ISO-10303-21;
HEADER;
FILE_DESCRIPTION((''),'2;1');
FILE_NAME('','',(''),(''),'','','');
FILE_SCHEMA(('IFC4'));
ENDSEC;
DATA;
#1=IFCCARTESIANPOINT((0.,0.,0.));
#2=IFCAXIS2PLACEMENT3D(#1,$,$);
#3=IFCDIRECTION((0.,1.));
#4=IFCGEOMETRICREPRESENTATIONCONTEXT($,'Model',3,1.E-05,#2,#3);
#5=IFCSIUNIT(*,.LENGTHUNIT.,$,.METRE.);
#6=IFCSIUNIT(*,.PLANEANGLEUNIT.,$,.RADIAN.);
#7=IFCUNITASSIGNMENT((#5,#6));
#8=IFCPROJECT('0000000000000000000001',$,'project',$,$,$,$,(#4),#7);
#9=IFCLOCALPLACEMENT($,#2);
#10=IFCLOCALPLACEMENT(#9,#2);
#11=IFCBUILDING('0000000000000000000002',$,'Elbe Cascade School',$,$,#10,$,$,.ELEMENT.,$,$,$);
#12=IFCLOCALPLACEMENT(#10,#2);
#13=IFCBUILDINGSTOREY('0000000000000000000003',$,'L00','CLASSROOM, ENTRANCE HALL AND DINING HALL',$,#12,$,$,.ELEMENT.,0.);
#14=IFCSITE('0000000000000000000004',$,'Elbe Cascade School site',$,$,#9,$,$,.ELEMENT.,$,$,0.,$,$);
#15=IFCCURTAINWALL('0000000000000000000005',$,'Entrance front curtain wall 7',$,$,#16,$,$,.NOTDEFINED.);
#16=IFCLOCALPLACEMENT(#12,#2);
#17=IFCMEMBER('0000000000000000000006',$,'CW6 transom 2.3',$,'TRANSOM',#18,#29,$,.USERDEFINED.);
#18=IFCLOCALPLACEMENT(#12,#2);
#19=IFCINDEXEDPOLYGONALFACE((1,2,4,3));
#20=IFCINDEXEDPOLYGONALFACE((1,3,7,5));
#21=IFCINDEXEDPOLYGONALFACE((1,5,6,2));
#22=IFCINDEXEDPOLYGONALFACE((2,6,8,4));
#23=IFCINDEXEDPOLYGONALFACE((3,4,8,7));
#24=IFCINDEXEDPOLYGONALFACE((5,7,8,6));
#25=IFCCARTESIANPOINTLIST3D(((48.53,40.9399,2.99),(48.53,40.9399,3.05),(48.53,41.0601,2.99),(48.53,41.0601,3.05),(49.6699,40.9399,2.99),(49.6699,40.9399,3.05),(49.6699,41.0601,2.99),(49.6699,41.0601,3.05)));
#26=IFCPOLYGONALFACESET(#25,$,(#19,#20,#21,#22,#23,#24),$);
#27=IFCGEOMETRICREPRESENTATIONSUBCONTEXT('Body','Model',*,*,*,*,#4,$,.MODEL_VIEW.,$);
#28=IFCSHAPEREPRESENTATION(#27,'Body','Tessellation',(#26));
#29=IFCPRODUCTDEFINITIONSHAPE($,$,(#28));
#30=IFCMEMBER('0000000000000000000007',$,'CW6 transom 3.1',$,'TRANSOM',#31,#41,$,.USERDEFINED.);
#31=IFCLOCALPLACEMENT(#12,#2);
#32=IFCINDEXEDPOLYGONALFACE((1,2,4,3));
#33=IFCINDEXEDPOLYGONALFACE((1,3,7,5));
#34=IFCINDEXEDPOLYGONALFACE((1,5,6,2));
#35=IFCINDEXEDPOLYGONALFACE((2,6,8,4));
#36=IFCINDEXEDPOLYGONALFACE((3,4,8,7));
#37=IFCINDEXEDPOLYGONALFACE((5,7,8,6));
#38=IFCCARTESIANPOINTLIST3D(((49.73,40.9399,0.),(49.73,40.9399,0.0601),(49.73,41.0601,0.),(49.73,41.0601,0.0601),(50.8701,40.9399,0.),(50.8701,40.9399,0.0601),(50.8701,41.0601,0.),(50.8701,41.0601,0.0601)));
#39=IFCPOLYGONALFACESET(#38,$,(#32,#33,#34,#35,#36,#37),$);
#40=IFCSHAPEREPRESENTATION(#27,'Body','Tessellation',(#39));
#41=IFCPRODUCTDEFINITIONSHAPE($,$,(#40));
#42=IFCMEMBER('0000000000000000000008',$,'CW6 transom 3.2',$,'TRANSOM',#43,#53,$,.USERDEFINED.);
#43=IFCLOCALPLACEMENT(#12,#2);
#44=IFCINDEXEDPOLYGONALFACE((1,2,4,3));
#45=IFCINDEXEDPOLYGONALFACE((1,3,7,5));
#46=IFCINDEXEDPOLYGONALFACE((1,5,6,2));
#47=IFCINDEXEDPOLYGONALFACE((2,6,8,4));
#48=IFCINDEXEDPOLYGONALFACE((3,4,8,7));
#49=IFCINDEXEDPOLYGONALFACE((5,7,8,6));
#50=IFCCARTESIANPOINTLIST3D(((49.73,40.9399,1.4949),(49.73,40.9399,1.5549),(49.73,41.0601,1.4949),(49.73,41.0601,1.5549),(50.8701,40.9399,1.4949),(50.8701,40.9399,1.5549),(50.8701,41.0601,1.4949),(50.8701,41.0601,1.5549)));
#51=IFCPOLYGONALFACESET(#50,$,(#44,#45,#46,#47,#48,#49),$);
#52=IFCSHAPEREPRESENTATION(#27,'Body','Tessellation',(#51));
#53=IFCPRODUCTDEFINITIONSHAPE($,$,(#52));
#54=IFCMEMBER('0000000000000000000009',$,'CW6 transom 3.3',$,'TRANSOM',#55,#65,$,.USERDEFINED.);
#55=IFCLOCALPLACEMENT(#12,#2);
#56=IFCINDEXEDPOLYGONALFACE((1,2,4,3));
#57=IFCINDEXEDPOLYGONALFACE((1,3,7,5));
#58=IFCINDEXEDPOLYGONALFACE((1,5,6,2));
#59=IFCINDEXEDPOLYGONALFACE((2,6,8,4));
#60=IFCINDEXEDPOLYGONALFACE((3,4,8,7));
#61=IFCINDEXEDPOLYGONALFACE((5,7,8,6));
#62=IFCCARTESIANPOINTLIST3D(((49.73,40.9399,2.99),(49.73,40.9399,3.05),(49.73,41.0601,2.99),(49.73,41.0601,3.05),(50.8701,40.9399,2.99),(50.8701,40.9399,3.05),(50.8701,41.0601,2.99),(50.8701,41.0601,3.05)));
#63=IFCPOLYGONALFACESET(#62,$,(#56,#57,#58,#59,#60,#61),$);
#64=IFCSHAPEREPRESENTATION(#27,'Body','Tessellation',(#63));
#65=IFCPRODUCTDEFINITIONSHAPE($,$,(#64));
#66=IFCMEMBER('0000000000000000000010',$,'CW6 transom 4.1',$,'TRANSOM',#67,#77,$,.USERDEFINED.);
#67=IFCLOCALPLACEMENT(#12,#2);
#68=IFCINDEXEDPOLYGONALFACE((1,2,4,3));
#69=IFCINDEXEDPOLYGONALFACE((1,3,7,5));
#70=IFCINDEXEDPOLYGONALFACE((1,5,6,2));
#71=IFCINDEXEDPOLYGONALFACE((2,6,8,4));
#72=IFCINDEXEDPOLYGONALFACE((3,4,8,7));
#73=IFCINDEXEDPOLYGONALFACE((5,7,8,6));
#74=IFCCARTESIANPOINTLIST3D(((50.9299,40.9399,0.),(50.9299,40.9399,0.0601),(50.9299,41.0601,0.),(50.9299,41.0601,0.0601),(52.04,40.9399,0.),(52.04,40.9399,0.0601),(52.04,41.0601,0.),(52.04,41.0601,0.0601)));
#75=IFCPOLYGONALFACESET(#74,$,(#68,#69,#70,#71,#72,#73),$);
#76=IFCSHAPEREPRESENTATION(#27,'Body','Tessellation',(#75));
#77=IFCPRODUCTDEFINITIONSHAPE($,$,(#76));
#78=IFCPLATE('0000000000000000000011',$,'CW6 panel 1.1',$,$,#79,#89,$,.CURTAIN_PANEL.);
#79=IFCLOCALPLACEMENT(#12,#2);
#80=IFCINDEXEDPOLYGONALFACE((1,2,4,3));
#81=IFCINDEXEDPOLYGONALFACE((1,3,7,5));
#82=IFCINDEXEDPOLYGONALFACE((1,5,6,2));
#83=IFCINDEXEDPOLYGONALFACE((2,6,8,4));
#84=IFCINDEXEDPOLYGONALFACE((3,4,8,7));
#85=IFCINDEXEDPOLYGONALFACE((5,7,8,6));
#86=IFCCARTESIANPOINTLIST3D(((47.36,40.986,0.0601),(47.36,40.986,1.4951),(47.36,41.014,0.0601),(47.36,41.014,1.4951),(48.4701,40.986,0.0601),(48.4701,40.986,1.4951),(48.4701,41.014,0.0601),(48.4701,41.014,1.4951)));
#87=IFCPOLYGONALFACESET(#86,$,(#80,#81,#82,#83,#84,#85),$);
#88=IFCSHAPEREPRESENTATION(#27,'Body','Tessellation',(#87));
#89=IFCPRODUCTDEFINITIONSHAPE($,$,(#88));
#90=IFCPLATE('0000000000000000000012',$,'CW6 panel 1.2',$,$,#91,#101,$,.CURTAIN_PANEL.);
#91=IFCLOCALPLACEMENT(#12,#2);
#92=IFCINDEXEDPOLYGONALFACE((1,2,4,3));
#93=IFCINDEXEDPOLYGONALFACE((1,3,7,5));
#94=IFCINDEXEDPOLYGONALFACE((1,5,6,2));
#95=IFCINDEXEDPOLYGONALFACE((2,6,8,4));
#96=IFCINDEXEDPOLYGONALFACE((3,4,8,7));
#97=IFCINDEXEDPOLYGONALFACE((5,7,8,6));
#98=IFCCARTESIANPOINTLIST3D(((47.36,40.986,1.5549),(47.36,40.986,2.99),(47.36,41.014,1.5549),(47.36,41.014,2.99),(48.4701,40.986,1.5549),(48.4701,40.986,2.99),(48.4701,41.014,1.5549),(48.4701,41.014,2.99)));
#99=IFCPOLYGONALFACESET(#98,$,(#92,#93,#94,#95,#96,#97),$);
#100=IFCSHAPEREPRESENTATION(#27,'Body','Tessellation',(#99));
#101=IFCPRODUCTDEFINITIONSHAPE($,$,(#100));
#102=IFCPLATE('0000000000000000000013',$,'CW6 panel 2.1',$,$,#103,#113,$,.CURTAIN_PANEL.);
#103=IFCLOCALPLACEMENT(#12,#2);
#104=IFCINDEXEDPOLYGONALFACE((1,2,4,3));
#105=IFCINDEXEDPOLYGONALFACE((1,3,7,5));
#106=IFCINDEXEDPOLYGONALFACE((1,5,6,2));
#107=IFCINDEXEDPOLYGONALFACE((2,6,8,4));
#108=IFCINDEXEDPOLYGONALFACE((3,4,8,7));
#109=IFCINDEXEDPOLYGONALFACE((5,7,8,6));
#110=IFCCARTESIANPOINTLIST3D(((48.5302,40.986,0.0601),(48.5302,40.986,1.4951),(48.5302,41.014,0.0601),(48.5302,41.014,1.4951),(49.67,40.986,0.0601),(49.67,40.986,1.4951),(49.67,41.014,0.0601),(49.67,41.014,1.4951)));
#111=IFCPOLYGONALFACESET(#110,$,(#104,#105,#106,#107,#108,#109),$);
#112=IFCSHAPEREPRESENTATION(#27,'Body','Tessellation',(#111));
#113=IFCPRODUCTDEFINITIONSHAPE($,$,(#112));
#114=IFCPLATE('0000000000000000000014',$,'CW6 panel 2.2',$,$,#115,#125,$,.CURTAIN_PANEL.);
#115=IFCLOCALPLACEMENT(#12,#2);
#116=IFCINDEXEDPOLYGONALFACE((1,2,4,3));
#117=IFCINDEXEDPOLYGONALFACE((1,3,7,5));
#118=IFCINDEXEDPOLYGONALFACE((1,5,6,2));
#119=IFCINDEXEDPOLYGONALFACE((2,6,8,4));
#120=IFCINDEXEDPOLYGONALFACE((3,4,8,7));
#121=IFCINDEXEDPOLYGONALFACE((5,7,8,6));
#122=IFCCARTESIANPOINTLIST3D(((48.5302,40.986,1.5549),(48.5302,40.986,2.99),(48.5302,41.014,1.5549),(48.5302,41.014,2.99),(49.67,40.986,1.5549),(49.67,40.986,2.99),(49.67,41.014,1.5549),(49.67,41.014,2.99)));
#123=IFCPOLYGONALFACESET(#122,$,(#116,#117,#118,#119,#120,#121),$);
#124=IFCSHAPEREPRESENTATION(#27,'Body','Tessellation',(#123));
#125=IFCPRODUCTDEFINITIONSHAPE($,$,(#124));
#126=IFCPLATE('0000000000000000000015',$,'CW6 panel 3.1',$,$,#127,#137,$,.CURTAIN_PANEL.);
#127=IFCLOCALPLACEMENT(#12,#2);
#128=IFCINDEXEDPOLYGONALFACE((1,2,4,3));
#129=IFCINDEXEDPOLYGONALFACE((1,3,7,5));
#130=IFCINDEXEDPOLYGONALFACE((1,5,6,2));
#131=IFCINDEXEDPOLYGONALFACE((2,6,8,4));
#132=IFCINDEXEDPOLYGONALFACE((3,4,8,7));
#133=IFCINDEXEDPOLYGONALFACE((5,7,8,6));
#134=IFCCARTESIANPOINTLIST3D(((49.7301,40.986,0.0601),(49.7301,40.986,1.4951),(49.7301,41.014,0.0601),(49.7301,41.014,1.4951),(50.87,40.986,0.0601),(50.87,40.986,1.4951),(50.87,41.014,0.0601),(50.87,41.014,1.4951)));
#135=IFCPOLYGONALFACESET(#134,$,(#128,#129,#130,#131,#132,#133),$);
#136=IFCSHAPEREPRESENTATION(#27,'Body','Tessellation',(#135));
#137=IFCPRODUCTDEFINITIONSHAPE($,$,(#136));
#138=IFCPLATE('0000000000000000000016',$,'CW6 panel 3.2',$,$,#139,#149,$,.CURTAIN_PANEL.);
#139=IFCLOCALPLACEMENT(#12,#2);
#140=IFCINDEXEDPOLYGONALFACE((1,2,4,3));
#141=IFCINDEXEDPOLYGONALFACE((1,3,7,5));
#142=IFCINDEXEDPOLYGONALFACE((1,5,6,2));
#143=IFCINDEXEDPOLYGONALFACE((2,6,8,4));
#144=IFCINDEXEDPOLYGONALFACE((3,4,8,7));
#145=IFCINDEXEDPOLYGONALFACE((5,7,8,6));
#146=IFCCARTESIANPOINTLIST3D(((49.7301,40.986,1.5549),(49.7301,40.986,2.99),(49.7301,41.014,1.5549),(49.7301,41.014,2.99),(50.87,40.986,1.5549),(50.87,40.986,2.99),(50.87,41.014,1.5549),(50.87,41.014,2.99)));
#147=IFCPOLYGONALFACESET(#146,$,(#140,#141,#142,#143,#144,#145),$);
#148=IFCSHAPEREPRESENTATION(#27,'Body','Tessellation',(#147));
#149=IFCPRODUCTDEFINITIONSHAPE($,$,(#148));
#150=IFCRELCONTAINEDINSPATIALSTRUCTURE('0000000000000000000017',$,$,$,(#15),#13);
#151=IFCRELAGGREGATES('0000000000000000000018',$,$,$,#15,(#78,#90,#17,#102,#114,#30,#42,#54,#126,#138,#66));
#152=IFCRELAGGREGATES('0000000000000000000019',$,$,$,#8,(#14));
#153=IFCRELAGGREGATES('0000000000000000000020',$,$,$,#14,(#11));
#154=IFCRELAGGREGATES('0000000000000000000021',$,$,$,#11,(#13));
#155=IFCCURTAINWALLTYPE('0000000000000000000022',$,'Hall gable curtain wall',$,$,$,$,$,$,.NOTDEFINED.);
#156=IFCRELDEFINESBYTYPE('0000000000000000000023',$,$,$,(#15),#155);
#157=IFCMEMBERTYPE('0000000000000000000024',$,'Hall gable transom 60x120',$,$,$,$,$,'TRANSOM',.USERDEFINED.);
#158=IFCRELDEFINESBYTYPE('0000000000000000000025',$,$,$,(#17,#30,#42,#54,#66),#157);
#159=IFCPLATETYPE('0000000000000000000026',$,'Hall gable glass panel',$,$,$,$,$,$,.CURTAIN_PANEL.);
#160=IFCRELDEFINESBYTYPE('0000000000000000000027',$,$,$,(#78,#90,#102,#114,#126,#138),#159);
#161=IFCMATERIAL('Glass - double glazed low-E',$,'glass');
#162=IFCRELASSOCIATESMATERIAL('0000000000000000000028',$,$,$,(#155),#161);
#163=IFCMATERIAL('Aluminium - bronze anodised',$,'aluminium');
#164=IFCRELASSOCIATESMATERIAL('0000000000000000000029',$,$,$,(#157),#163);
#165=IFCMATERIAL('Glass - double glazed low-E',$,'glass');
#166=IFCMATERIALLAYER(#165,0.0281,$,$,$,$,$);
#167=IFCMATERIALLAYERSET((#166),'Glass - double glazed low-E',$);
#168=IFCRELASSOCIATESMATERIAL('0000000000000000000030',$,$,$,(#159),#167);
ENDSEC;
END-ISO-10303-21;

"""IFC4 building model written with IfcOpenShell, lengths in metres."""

from ifc_helpers import new_model, si_unit, direction, frame, origin, origin_2d, place, context, subcontext, project, spatial, rectangle, extrude, material, layer, layer_set, material_profile, profile_set, type_object, element, aggregate, save


model = new_model("IFC4")

# Units and contexts
model_context = context("Model", 3, precision=1e-05, world=origin(), true_north=direction((0.0, 1.0)))
body_context = subcontext(model_context, "Body", "Model", "MODEL_VIEW")
ifc_project = project(units=[si_unit("LENGTHUNIT", "METRE"), si_unit("PLANEANGLEUNIT", "RADIAN")], contexts=[model_context])

# Site, building, storey
site_placement = place(None, origin())
site = spatial("IfcSite", under=ifc_project, at=site_placement, Name="Elbe Cascade School site", CompositionType="ELEMENT", RefElevation=0.0)
building_placement = place(site_placement, origin())
building = spatial("IfcBuilding", under=site, at=building_placement, Name="Elbe Cascade School", CompositionType="ELEMENT")
storey_placement = place(building_placement, origin())
storey = spatial("IfcBuildingStorey", under=building, at=storey_placement, Name="L00", Description="CLASSROOM, ENTRANCE HALL AND DINING HALL", CompositionType="ELEMENT", Elevation=0.0)

# Curtain wall, members, plates
ifc_material_1 = material(Name="Glass - double glazed low-E", Category="glass")
curtain_wall_type = type_object("IfcCurtainWallType", Name="Hall gable curtain wall", PredefinedType="NOTDEFINED", material=ifc_material_1)
curtain_wall_placement = place(storey_placement, origin())
curtain_wall = element("IfcCurtainWall", 1, at=curtain_wall_placement, inside=storey, type_object=curtain_wall_type, Name="Entrance front curtain wall 7", PredefinedType="NOTDEFINED")
ifc_material_2 = material(Name="Aluminium - bronze anodised", Category="aluminium")
ifc_material_profile_1 = material_profile(ifc_material_2, rectangle(XDim=0.1201, YDim=0.0601, at=origin_2d()), Name="Alu 60x120")
ifc_profile_set_1 = profile_set([ifc_material_profile_1], Name="Aluminium - bronze anodised")
member_type_1 = type_object("IfcMemberType", Name="Hall gable transom 60x120", ElementType="TRANSOM", PredefinedType="USERDEFINED", material=ifc_profile_set_1)
member_1_placement = place(storey_placement, frame((48.53, 41.0, 3.02), z_axis=(1.0, 0.0, 0.0), x_axis=(0.0, 1.0, 0.0)))
member_1 = element("IfcMember", 2, at=member_1_placement, type_object=member_type_1, Name="CW6 transom 2.3", ObjectType="TRANSOM", PredefinedType="USERDEFINED", context=body_context, shape_type="SweptSolid", body=[
    extrude(rectangle(XDim=0.1201, YDim=0.0601, at=origin_2d()), origin(), (0.0, 0.0, 1.0), 1.1399),
])
member_2_placement = place(storey_placement, frame((49.73, 41.0, 0.03), z_axis=(1.0, 0.0, 0.0), x_axis=(0.0, 1.0, 0.0)))
member_2 = element("IfcMember", 3, at=member_2_placement, type_object=member_type_1, Name="CW6 transom 3.1", ObjectType="TRANSOM", PredefinedType="USERDEFINED", context=body_context, shape_type="SweptSolid", body=[
    extrude(rectangle(XDim=0.1201, YDim=0.0601, at=origin_2d()), origin(), (0.0, 0.0, 1.0), 1.1401),
])
member_3_placement = place(storey_placement, frame((49.73, 41.0, 1.5249), z_axis=(1.0, 0.0, 0.0), x_axis=(0.0, 1.0, 0.0)))
member_3 = element("IfcMember", 4, at=member_3_placement, type_object=member_type_1, Name="CW6 transom 3.2", ObjectType="TRANSOM", PredefinedType="USERDEFINED", context=body_context, shape_type="SweptSolid", body=[
    extrude(rectangle(XDim=0.1201, YDim=0.0601, at=origin_2d()), origin(), (0.0, 0.0, 1.0), 1.1401),
])
member_4_placement = place(storey_placement, frame((49.73, 41.0, 3.02), z_axis=(1.0, 0.0, 0.0), x_axis=(0.0, 1.0, 0.0)))
member_4 = element("IfcMember", 5, at=member_4_placement, type_object=member_type_1, Name="CW6 transom 3.3", ObjectType="TRANSOM", PredefinedType="USERDEFINED", context=body_context, shape_type="SweptSolid", body=[
    extrude(rectangle(XDim=0.1201, YDim=0.0601, at=origin_2d()), origin(), (0.0, 0.0, 1.0), 1.1401),
])
member_5_placement = place(storey_placement, frame((50.9299, 41.0, 0.03), z_axis=(1.0, 0.0, 0.0), x_axis=(0.0, 1.0, 0.0)))
member_5 = element("IfcMember", 6, at=member_5_placement, type_object=member_type_1, Name="CW6 transom 4.1", ObjectType="TRANSOM", PredefinedType="USERDEFINED", context=body_context, shape_type="SweptSolid", body=[
    extrude(rectangle(XDim=0.1201, YDim=0.0601, at=origin_2d()), origin(), (0.0, 0.0, 1.0), 1.1101),
])
ifc_material_3 = material(Name="Glass - double glazed low-E", Category="glass")
ifc_layer = layer(ifc_material_3, 0.0281)
ifc_layer_set = layer_set([ifc_layer], Name="Glass - double glazed low-E")
plate_type = type_object("IfcPlateType", Name="Hall gable glass panel", PredefinedType="CURTAIN_PANEL", material=ifc_layer_set)
plate_1_placement = place(storey_placement, frame((47.915, 41.0, 0.0601), z_axis=(0.0, 0.0, 1.0), x_axis=(1.0, 0.0, 0.0)))
plate_1 = element("IfcPlate", 7, at=plate_1_placement, type_object=plate_type, Name="CW6 panel 1.1", PredefinedType="CURTAIN_PANEL", context=body_context, shape_type="SweptSolid", body=[
    extrude(rectangle(XDim=1.1101, YDim=0.0281, at=origin_2d()), origin(), (0.0, 0.0, 1.0), 1.4351),
])
plate_2_placement = place(storey_placement, frame((47.915, 41.0, 1.5549), z_axis=(0.0, 0.0, 1.0), x_axis=(1.0, 0.0, 0.0)))
plate_2 = element("IfcPlate", 8, at=plate_2_placement, type_object=plate_type, Name="CW6 panel 1.2", PredefinedType="CURTAIN_PANEL", context=body_context, shape_type="SweptSolid", body=[
    extrude(rectangle(XDim=1.1101, YDim=0.0281, at=origin_2d()), origin(), (0.0, 0.0, 1.0), 1.4351),
])
plate_3_placement = place(storey_placement, frame((49.1001, 41.0, 0.0601), z_axis=(0.0, 0.0, 1.0), x_axis=(1.0, 0.0, 0.0)))
plate_3 = element("IfcPlate", 9, at=plate_3_placement, type_object=plate_type, Name="CW6 panel 2.1", PredefinedType="CURTAIN_PANEL", context=body_context, shape_type="SweptSolid", body=[
    extrude(rectangle(XDim=1.1399, YDim=0.0281, at=origin_2d()), origin(), (0.0, 0.0, 1.0), 1.4351),
])
plate_4_placement = place(storey_placement, frame((49.1001, 41.0, 1.5549), z_axis=(0.0, 0.0, 1.0), x_axis=(1.0, 0.0, 0.0)))
plate_4 = element("IfcPlate", 10, at=plate_4_placement, type_object=plate_type, Name="CW6 panel 2.2", PredefinedType="CURTAIN_PANEL", context=body_context, shape_type="SweptSolid", body=[
    extrude(rectangle(XDim=1.1399, YDim=0.0281, at=origin_2d()), origin(), (0.0, 0.0, 1.0), 1.4351),
])
plate_5_placement = place(storey_placement, frame((50.3, 41.0, 0.0601), z_axis=(0.0, 0.0, 1.0), x_axis=(1.0, 0.0, 0.0)))
plate_5 = element("IfcPlate", 11, at=plate_5_placement, type_object=plate_type, Name="CW6 panel 3.1", PredefinedType="CURTAIN_PANEL", context=body_context, shape_type="SweptSolid", body=[
    extrude(rectangle(XDim=1.1399, YDim=0.0281, at=origin_2d()), origin(), (0.0, 0.0, 1.0), 1.4351),
])
plate_6_placement = place(storey_placement, frame((50.3, 41.0, 1.5549), z_axis=(0.0, 0.0, 1.0), x_axis=(1.0, 0.0, 0.0)))
plate_6 = element("IfcPlate", 12, at=plate_6_placement, type_object=plate_type, Name="CW6 panel 3.2", PredefinedType="CURTAIN_PANEL", context=body_context, shape_type="SweptSolid", body=[
    extrude(rectangle(XDim=1.1399, YDim=0.0281, at=origin_2d()), origin(), (0.0, 0.0, 1.0), 1.4351),
])
aggregate(curtain_wall, [plate_1, plate_2, member_1, plate_3, plate_4, member_2, member_3, member_4, plate_5, plate_6, member_5])

save(model, "model.ifc")
